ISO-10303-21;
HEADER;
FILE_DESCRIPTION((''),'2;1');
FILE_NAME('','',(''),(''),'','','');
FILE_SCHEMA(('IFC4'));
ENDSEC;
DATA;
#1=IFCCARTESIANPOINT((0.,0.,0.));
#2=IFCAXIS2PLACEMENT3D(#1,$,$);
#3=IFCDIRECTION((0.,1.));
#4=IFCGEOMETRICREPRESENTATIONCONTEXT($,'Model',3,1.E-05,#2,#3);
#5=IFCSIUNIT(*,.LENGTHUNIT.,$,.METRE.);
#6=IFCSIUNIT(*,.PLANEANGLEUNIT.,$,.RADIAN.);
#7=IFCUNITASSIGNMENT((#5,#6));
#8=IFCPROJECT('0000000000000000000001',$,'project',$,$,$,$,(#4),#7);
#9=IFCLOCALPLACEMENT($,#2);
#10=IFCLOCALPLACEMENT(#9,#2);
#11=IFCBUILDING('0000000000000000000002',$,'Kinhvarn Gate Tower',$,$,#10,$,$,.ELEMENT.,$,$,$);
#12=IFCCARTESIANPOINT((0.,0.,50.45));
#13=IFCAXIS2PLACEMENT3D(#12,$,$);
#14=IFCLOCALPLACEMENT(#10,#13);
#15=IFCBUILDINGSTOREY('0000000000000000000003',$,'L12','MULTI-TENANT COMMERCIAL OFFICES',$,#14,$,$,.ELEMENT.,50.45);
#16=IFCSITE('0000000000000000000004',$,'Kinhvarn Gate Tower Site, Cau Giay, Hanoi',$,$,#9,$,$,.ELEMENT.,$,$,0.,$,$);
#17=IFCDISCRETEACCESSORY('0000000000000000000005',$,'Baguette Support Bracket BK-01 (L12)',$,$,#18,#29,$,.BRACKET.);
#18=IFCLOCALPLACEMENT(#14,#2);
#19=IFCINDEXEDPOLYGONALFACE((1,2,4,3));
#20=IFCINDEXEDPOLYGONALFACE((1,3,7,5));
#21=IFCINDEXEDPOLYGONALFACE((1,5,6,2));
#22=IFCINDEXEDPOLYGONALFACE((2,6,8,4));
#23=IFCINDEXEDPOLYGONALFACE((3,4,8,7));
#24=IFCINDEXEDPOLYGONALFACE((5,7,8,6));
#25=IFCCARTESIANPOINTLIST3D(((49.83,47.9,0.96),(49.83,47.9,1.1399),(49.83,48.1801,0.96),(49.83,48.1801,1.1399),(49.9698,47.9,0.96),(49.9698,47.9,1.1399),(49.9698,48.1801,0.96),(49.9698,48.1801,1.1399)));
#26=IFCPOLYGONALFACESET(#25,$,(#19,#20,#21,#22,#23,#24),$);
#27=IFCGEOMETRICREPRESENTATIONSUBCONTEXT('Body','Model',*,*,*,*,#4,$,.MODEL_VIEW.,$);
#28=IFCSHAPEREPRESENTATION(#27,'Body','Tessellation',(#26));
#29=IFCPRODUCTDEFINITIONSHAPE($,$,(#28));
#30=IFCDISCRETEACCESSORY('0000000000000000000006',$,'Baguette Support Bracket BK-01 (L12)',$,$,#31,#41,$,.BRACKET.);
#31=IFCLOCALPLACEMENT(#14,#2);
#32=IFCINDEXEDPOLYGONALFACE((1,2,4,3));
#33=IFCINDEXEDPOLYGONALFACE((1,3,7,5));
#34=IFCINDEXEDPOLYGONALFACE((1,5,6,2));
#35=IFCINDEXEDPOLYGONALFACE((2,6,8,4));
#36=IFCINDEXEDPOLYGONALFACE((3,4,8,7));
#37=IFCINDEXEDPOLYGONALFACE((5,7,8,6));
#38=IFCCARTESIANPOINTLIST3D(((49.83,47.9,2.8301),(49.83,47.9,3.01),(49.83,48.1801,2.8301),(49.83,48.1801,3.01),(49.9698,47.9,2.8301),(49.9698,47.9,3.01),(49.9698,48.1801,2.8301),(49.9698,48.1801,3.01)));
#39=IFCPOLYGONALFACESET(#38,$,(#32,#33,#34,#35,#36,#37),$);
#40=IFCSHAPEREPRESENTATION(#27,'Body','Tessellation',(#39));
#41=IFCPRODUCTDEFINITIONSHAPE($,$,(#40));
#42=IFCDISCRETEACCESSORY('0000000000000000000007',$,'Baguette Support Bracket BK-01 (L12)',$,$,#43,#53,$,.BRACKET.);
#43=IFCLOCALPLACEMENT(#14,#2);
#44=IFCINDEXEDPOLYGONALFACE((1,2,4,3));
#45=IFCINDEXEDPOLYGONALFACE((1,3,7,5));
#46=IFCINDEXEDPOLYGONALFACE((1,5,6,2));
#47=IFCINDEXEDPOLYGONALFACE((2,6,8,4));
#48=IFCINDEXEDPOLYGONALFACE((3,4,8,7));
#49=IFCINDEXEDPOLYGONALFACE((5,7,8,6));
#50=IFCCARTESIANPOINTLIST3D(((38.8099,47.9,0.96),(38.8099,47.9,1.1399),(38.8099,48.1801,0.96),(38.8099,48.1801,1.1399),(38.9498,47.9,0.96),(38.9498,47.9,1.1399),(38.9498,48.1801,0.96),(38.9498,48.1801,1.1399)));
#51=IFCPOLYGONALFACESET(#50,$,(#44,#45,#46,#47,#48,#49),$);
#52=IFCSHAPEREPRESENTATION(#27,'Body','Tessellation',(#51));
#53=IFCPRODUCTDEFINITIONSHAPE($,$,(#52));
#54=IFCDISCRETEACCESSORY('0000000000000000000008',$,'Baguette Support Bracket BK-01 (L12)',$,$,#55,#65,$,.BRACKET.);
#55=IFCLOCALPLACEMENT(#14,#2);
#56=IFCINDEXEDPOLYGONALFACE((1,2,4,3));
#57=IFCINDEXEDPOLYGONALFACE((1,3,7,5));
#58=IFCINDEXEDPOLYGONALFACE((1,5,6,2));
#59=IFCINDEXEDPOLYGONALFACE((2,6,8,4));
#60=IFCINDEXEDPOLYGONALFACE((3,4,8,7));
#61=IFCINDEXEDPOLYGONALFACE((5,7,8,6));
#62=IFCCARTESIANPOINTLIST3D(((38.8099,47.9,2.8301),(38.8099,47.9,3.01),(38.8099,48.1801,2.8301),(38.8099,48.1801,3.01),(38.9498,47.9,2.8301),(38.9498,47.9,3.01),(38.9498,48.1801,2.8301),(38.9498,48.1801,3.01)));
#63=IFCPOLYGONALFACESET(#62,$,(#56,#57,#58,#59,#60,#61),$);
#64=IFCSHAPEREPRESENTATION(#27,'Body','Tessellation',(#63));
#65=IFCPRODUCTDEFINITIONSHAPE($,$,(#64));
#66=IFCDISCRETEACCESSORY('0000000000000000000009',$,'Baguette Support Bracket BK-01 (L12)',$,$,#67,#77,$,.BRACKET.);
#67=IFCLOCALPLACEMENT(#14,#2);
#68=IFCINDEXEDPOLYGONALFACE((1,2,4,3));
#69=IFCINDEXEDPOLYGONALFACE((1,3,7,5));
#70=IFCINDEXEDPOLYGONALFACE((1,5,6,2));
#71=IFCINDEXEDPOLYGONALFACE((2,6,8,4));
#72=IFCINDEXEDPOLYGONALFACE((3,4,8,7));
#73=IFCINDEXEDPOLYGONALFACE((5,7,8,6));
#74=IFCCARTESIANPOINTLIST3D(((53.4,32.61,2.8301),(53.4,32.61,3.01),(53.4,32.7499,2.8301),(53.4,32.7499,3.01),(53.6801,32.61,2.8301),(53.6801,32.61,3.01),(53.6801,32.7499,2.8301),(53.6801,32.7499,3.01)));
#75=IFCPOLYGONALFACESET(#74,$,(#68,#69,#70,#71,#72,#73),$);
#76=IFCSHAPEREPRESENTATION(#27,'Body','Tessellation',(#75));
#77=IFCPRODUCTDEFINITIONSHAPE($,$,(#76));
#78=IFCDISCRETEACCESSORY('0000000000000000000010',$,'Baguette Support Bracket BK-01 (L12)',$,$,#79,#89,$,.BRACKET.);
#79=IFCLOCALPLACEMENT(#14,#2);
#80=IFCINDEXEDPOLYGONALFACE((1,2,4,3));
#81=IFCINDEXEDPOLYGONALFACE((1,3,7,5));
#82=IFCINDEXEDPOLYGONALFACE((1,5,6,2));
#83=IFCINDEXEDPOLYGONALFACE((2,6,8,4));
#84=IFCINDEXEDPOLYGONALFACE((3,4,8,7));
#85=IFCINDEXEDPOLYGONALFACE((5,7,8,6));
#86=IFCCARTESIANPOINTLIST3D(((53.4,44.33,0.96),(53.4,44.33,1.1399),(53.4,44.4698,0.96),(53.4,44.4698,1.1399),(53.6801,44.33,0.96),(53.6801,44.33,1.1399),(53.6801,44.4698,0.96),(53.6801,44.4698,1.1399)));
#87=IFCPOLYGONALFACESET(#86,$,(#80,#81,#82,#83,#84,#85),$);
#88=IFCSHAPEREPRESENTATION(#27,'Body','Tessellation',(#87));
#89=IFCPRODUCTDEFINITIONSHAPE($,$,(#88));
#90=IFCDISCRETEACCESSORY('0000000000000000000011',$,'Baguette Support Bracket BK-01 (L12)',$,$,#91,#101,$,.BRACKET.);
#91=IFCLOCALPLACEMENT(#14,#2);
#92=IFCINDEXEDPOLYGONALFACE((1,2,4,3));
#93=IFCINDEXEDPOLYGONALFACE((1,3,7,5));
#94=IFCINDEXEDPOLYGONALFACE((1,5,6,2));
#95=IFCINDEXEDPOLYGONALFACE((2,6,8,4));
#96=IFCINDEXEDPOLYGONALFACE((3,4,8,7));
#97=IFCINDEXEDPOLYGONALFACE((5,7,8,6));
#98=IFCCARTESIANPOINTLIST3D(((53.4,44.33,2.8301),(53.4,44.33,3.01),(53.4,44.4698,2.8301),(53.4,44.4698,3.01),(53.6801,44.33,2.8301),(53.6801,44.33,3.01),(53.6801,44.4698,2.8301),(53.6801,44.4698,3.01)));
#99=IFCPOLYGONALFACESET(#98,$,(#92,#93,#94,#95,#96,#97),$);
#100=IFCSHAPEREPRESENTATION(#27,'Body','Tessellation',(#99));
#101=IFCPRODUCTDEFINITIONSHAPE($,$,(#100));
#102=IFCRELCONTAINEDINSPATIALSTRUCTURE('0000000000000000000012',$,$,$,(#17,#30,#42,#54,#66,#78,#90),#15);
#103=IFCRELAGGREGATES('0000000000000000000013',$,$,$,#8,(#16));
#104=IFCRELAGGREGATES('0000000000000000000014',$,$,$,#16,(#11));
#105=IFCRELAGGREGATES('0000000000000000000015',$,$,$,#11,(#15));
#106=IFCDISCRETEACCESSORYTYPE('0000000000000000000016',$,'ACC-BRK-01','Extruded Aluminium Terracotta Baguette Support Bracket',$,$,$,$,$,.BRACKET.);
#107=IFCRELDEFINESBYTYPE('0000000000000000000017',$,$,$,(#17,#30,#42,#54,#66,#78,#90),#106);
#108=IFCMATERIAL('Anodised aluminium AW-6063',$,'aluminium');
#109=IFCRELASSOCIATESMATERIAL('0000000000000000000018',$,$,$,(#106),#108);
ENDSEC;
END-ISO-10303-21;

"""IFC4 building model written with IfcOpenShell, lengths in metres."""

from ifc_helpers import new_model, si_unit, direction, frame, origin, origin_2d, place, context, subcontext, project, spatial, rectangle, extrude, material, type_object, element, save


model = new_model("IFC4")

# Units and contexts
model_context = context("Model", 3, precision=1e-05, world=origin(), true_north=direction((0.0, 1.0)))
body_context = subcontext(model_context, "Body", "Model", "MODEL_VIEW")
ifc_project = project(units=[si_unit("LENGTHUNIT", "METRE"), si_unit("PLANEANGLEUNIT", "RADIAN")], contexts=[model_context])

# Site, building, storey
site_placement = place(None, origin())
site = spatial("IfcSite", under=ifc_project, at=site_placement, Name="Kinhvarn Gate Tower Site, Cau Giay, Hanoi", CompositionType="ELEMENT", RefElevation=0.0)
building_placement = place(site_placement, origin())
building = spatial("IfcBuilding", under=site, at=building_placement, Name="Kinhvarn Gate Tower", CompositionType="ELEMENT")
storey_placement = place(building_placement, frame((0.0, 0.0, 50.45)))
storey = spatial("IfcBuildingStorey", under=building, at=storey_placement, Name="L12", Description="MULTI-TENANT COMMERCIAL OFFICES", CompositionType="ELEMENT", Elevation=50.45)

# Shared definitions
ifc_material_1 = material(Name="Anodised aluminium AW-6063", Category="aluminium")

# Discrete accessories
discrete_accessory_type = type_object("IfcDiscreteAccessoryType", Name="ACC-BRK-01", Description="Extruded Aluminium Terracotta Baguette Support Bracket", PredefinedType="BRACKET", material=ifc_material_1)
for number, where, z_axis, x_axis, name in (
    (1, (49.8999, 48.04, 0.96), (0.0, 0.0, 1.0), (-1.0, 0.0, 0.0), "Baguette Support Bracket BK-01 (L12)"),
    (2, (49.8999, 48.04, 2.8301), (0.0, 0.0, 1.0), (-1.0, 0.0, 0.0), "Baguette Support Bracket BK-01 (L12)"),
    (3, (38.8799, 48.04, 0.96), (0.0, 0.0, 1.0), (-1.0, 0.0, 0.0), "Baguette Support Bracket BK-01 (L12)"),
    (4, (38.8799, 48.04, 2.8301), (0.0, 0.0, 1.0), (-1.0, 0.0, 0.0), "Baguette Support Bracket BK-01 (L12)"),
    (5, (53.54, 32.6799, 2.8301), (0.0, 0.0, 1.0), (0.0, 1.0, 0.0), "Baguette Support Bracket BK-01 (L12)"),
    (6, (53.54, 44.3999, 0.96), (0.0, 0.0, 1.0), (0.0, 1.0, 0.0), "Baguette Support Bracket BK-01 (L12)"),
    (7, (53.54, 44.3999, 2.8301), (0.0, 0.0, 1.0), (0.0, 1.0, 0.0), "Baguette Support Bracket BK-01 (L12)"),
):
    element("IfcDiscreteAccessory", number, at=place(storey_placement, frame(where, z_axis=z_axis, x_axis=x_axis)), inside=storey, type_object=discrete_accessory_type, Name=name, PredefinedType="BRACKET", context=body_context, shape_type="SweptSolid", body=[
        extrude(rectangle(XDim=0.1399, YDim=0.28, at=origin_2d()), origin(), (0.0, 0.0, 1.0), 0.1799),
    ])

save(model, "model.ifc")
